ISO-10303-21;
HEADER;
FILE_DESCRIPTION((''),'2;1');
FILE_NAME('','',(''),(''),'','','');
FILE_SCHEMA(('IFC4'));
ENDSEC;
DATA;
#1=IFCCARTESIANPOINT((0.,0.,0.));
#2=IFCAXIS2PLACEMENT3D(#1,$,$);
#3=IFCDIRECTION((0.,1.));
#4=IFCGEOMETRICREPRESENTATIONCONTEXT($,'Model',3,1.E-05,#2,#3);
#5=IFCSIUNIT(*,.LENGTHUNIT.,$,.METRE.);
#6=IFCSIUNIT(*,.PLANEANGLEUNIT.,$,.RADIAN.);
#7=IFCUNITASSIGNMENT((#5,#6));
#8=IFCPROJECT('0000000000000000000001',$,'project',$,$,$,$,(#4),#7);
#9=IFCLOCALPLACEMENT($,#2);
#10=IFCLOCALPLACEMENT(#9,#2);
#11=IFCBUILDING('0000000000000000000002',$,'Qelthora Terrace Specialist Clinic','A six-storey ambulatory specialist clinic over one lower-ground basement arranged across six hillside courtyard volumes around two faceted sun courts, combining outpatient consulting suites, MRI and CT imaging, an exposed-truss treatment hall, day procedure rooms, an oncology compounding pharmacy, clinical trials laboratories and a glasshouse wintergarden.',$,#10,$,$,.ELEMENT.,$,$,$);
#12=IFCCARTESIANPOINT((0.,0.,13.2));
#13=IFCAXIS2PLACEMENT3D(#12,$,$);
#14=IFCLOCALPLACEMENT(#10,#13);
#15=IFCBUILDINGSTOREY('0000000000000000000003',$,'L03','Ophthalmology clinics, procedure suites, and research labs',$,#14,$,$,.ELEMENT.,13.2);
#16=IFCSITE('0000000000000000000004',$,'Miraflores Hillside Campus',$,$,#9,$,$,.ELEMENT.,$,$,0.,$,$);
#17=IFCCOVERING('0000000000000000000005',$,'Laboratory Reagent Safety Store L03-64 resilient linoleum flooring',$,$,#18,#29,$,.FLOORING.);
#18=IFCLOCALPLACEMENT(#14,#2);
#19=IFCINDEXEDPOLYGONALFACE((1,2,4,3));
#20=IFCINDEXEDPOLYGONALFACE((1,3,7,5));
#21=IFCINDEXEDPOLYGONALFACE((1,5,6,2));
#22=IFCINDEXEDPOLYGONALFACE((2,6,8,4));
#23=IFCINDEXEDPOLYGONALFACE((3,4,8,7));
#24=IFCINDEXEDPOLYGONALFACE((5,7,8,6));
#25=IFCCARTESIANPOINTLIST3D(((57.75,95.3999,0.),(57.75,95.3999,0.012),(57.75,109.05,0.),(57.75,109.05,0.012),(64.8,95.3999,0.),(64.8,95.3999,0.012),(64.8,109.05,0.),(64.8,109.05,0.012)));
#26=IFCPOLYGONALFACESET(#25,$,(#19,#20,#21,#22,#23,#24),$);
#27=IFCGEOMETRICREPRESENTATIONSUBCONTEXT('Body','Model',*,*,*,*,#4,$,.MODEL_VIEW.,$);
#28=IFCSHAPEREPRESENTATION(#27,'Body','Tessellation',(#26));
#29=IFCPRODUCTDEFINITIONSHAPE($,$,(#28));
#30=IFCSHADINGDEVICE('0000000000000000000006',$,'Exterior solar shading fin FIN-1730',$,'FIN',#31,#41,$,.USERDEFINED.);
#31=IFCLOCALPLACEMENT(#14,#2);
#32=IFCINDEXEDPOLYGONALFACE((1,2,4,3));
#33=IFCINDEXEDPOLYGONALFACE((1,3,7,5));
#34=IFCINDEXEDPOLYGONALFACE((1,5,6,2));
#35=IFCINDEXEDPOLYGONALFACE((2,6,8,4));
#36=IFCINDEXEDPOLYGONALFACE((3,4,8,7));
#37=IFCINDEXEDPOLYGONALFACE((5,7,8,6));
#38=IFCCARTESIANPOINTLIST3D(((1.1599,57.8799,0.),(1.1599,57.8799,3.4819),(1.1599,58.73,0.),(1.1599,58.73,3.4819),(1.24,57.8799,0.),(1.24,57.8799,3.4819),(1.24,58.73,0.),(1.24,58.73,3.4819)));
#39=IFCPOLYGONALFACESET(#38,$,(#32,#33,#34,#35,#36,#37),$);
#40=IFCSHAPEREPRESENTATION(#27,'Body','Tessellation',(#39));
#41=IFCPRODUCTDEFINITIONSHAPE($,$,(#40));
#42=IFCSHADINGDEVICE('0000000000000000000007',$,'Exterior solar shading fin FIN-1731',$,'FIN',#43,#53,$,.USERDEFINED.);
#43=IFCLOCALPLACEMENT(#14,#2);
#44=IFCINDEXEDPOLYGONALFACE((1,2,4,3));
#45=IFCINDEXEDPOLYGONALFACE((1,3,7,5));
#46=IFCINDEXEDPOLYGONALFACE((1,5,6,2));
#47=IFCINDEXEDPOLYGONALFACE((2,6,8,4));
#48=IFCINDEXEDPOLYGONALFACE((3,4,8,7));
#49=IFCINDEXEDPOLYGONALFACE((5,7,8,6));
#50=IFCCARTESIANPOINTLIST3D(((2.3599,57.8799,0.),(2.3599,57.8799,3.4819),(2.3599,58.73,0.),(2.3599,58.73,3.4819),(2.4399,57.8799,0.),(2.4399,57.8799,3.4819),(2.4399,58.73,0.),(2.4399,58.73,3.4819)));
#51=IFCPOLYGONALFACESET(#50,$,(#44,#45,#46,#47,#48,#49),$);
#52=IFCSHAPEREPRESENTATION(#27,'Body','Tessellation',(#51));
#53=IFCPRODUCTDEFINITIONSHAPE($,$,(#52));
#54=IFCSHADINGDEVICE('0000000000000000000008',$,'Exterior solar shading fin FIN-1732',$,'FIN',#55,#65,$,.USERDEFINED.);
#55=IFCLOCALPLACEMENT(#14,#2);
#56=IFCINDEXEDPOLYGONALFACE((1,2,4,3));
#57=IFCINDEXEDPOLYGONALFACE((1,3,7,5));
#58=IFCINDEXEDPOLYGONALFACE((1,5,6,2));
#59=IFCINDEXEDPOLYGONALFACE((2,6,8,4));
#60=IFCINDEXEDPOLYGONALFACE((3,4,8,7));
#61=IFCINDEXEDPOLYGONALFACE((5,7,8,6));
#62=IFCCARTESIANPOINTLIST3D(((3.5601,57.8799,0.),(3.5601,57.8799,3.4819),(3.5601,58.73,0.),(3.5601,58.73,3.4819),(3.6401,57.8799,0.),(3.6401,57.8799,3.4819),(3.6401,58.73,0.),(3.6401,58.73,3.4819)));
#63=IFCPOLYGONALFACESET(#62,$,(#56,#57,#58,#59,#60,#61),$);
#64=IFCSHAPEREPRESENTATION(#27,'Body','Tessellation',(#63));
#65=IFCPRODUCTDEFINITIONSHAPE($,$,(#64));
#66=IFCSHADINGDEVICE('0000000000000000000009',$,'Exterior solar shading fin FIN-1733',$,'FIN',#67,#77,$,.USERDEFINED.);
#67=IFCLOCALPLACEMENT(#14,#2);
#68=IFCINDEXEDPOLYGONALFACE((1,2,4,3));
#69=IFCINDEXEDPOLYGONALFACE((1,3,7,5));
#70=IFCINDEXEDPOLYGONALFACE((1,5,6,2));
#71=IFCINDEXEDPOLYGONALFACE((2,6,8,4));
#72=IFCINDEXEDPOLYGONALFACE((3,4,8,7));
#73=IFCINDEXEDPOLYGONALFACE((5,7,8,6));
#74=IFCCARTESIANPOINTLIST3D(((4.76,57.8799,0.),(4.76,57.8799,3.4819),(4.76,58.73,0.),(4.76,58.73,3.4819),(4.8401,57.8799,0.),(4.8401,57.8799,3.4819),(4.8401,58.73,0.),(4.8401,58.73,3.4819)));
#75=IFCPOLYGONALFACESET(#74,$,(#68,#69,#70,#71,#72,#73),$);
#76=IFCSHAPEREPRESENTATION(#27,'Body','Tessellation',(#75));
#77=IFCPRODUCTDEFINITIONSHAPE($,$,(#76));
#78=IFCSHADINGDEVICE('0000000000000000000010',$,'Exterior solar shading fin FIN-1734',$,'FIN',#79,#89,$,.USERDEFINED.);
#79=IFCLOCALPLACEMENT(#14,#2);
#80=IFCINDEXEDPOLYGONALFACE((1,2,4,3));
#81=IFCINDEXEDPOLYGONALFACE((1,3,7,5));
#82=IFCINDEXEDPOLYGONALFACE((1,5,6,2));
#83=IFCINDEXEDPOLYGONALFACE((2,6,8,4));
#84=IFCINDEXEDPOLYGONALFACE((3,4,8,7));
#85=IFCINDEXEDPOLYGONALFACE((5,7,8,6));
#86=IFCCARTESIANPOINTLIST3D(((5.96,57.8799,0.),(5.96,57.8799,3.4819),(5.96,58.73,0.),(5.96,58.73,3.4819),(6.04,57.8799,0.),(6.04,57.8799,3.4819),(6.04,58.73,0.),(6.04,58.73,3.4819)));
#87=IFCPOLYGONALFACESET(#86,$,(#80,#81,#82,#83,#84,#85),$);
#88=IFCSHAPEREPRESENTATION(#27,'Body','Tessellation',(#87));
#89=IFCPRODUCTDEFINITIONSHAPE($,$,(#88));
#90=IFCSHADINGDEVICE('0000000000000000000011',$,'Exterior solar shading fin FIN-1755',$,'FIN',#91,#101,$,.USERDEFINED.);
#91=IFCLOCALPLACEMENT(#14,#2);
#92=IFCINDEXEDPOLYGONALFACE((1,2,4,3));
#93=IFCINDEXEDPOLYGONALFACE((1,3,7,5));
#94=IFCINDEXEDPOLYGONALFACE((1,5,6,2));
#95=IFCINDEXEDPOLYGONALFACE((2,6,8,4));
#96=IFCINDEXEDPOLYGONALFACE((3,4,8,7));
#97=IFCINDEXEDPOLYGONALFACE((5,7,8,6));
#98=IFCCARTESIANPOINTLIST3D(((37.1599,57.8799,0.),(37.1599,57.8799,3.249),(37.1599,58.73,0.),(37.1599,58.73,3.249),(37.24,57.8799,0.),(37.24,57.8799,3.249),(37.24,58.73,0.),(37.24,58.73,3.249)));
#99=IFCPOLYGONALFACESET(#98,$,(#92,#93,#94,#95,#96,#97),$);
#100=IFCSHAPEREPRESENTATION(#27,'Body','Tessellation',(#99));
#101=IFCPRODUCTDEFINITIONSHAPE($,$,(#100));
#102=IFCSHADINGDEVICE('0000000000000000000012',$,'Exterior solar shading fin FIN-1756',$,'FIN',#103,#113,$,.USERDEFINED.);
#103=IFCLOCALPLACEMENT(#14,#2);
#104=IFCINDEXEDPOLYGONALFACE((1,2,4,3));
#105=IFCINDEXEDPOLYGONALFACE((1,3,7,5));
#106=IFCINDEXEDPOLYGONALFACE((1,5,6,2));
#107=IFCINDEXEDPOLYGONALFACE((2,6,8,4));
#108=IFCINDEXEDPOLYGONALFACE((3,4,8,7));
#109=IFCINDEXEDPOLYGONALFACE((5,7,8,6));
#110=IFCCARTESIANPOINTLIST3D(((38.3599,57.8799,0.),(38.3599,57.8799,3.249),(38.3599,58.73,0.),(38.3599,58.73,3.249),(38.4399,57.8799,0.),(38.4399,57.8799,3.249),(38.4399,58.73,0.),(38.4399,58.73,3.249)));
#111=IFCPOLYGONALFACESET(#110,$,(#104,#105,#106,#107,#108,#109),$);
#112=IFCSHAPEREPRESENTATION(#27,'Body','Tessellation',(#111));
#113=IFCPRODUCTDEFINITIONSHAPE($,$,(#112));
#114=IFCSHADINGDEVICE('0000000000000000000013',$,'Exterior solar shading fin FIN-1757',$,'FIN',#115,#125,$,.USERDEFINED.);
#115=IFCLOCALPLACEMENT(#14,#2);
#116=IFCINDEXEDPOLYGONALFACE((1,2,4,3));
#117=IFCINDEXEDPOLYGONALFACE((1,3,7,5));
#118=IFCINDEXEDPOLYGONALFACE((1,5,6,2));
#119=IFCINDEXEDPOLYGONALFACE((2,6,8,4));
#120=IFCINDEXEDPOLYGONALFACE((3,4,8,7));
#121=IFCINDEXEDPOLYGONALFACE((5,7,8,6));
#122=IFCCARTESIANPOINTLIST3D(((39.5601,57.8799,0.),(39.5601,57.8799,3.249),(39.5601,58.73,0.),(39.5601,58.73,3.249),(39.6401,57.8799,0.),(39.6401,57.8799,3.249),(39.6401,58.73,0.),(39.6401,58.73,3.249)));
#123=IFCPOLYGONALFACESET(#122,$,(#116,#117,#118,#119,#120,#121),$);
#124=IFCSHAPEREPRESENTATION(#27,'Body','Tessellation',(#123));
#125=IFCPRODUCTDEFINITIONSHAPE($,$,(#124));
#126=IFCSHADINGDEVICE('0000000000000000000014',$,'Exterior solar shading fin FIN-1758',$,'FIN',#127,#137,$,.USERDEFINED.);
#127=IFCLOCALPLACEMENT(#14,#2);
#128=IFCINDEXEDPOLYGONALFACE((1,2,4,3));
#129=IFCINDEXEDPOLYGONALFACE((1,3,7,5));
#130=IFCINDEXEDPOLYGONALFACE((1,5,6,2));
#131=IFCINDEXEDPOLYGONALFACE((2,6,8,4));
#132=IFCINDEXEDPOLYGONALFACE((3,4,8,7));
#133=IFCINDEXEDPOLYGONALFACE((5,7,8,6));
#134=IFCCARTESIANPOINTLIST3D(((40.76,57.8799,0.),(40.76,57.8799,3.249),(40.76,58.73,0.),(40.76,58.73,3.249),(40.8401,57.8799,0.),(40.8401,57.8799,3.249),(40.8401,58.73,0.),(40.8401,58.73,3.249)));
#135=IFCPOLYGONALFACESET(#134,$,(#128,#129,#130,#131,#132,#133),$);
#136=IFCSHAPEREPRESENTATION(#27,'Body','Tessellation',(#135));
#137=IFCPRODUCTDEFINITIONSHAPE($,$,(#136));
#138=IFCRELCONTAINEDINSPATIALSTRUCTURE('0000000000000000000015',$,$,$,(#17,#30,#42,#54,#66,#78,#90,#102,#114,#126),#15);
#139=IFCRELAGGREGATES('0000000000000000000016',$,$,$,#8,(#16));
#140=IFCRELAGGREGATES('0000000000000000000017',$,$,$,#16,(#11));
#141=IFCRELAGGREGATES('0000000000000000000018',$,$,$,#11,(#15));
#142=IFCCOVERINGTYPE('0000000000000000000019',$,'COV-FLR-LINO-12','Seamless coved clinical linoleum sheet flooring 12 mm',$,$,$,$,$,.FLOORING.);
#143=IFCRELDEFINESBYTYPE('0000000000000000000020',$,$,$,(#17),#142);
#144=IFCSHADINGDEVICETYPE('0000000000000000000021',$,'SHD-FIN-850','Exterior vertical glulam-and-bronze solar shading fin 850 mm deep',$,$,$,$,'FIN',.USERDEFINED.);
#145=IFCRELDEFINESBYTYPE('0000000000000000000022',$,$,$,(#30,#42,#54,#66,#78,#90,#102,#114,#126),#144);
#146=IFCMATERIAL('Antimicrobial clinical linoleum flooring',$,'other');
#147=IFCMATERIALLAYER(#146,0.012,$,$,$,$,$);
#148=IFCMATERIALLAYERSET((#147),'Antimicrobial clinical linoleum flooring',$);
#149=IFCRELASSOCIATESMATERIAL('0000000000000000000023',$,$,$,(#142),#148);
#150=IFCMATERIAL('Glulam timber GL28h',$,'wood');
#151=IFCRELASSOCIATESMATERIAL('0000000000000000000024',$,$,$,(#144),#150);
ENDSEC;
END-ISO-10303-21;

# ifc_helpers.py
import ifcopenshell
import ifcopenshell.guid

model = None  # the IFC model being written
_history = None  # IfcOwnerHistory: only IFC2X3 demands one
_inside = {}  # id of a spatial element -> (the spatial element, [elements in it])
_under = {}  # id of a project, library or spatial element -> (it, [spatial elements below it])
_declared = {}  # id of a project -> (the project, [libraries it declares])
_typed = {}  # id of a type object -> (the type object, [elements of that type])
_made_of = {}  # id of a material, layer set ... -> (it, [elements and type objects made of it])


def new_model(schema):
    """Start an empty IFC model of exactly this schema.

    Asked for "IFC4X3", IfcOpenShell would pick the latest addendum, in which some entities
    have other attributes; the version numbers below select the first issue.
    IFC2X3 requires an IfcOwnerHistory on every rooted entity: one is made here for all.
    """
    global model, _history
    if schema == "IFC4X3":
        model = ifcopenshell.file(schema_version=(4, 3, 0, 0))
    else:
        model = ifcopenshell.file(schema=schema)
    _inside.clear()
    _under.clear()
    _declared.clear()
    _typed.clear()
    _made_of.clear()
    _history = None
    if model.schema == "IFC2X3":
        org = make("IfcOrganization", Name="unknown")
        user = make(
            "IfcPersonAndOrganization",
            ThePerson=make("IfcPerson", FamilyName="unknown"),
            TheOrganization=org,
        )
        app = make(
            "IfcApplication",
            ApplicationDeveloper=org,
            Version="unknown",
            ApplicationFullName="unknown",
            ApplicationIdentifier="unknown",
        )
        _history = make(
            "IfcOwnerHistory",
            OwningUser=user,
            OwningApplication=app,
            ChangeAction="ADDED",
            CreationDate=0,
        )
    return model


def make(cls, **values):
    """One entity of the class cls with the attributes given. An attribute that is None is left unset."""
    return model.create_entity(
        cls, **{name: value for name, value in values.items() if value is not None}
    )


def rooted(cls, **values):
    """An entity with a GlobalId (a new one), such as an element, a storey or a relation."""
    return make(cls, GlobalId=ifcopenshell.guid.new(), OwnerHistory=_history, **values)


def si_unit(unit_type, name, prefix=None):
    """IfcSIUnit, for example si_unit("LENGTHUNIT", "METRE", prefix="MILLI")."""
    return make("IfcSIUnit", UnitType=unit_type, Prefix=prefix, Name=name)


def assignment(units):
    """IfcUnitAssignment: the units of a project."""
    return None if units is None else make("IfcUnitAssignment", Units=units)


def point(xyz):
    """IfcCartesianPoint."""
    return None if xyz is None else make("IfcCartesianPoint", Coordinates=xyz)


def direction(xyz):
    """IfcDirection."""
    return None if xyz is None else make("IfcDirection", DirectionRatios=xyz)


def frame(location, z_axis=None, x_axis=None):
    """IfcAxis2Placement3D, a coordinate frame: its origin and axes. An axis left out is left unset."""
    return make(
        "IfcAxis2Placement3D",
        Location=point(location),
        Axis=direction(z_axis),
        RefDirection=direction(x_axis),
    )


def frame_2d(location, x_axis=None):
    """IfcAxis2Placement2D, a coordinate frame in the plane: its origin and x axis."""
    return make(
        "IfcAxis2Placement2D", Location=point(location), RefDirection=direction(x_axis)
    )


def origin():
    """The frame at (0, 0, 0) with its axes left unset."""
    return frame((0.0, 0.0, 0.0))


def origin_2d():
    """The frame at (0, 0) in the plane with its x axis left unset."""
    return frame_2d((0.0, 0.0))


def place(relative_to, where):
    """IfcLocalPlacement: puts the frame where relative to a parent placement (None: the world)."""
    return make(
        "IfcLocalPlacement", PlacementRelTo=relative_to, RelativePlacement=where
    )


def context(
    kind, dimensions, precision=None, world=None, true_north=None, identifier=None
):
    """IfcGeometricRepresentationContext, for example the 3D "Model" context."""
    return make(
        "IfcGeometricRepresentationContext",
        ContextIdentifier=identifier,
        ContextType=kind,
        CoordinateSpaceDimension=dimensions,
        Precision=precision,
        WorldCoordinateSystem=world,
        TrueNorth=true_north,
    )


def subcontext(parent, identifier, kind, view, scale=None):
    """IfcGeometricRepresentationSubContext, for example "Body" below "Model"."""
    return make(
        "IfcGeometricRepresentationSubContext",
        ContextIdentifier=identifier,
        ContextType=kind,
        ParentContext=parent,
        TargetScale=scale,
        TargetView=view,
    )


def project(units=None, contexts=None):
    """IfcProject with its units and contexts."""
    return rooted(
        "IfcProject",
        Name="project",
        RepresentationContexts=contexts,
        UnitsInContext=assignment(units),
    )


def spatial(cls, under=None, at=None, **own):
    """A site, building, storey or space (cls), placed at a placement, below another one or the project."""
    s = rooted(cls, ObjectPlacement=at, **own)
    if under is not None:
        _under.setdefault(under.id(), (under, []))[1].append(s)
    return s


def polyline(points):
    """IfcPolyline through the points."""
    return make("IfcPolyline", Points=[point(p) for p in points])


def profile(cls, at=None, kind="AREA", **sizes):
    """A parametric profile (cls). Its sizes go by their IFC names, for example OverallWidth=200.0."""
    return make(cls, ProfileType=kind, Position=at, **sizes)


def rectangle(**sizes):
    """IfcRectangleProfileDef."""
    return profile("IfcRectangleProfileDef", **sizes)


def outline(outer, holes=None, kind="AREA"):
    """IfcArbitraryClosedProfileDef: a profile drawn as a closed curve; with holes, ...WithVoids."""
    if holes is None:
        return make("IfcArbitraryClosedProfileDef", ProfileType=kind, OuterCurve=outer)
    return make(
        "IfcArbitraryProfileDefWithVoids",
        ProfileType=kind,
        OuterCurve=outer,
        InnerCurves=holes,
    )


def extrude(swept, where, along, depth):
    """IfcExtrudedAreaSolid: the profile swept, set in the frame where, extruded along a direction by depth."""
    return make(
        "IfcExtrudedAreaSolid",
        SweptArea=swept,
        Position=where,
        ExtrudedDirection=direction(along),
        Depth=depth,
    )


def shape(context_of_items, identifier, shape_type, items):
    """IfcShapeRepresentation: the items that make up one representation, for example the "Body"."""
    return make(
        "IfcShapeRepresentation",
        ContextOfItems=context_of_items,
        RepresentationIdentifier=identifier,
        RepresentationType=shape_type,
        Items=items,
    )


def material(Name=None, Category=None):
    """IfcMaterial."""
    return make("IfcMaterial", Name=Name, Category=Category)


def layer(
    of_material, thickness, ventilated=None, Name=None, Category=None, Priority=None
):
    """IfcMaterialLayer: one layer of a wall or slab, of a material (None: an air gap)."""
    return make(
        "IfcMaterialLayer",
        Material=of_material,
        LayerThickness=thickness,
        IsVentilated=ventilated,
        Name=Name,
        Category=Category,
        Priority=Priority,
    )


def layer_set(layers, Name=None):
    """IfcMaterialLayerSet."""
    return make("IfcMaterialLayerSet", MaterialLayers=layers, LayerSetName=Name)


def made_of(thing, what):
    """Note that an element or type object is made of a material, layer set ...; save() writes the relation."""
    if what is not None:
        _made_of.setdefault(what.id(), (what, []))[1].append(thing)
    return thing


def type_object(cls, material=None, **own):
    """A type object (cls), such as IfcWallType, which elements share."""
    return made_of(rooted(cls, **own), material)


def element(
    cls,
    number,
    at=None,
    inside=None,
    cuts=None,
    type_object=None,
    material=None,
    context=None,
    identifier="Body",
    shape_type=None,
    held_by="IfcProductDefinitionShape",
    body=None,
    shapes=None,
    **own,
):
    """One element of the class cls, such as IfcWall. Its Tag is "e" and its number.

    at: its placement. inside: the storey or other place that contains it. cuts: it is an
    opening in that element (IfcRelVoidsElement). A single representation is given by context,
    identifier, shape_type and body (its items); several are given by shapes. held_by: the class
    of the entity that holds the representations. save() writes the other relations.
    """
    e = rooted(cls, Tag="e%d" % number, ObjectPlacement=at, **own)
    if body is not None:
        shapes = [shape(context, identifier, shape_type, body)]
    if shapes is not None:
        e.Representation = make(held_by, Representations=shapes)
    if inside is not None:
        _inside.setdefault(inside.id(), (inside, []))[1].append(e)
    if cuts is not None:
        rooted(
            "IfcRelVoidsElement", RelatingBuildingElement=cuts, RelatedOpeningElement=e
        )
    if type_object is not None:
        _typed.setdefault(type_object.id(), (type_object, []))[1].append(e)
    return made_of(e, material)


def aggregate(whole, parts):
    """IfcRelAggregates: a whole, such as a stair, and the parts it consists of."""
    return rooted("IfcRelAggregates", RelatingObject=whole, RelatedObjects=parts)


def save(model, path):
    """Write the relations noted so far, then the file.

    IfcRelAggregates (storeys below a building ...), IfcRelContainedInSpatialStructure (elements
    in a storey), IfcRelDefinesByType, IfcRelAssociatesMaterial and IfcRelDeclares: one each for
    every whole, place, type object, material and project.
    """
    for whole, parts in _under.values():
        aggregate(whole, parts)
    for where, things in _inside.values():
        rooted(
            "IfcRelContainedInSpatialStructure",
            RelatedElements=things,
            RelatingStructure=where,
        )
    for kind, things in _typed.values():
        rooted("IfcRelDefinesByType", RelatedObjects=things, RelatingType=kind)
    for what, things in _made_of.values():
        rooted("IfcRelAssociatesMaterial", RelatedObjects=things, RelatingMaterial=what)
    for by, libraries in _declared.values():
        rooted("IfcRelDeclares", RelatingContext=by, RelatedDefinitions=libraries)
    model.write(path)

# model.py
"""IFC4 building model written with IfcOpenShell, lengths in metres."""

from ifc_helpers import new_model, si_unit, direction, frame, origin, origin_2d, place, context, subcontext, project, spatial, polyline, rectangle, outline, extrude, material, layer, layer_set, type_object, element, save


model = new_model("IFC4")

# Units and contexts
model_context = context("Model", 3, precision=1e-05, world=origin(), true_north=direction((0.0, 1.0)))
body_context = subcontext(model_context, "Body", "Model", "MODEL_VIEW")
ifc_project = project(units=[si_unit("LENGTHUNIT", "METRE"), si_unit("PLANEANGLEUNIT", "RADIAN")], contexts=[model_context])

# Site, building, storey
site_placement = place(None, origin())
site = spatial("IfcSite", under=ifc_project, at=site_placement, Name="Miraflores Hillside Campus", CompositionType="ELEMENT", RefElevation=0.0)
building_placement = place(site_placement, origin())
building = spatial("IfcBuilding", under=site, at=building_placement, Name="Qelthora Terrace Specialist Clinic", Description="A six-storey ambulatory specialist clinic over one lower-ground basement arranged across six hillside courtyard volumes around two faceted sun courts, combining outpatient consulting suites, MRI and CT imaging, an exposed-truss treatment hall, day procedure rooms, an oncology compounding pharmacy, clinical trials laboratories and a glasshouse wintergarden.", CompositionType="ELEMENT")
storey_placement = place(building_placement, frame((0.0, 0.0, 13.2)))
storey = spatial("IfcBuildingStorey", under=building, at=storey_placement, Name="L03", Description="Ophthalmology clinics, procedure suites, and research labs", CompositionType="ELEMENT", Elevation=13.2)

# Covering
ifc_material_1 = material(Name="Antimicrobial clinical linoleum flooring", Category="other")
ifc_layer_1 = layer(ifc_material_1, 0.012)
ifc_layer_set_1 = layer_set([ifc_layer_1], Name="Antimicrobial clinical linoleum flooring")
covering_type = type_object("IfcCoveringType", Name="COV-FLR-LINO-12", Description="Seamless coved clinical linoleum sheet flooring 12 mm", PredefinedType="FLOORING", material=ifc_layer_set_1)
covering_1_placement = place(storey_placement, origin())
element("IfcCovering", 1, at=covering_1_placement, inside=storey, type_object=covering_type, Name="Laboratory Reagent Safety Store L03-64 resilient linoleum flooring", PredefinedType="FLOORING", context=body_context, shape_type="SweptSolid", body=[
    extrude(outline(polyline([(57.75, 95.3999), (57.75, 109.05), (64.8, 109.05), (64.8, 95.3999), (57.75, 95.3999)])), origin(), (0.0, 0.0, 1.0), 0.012),
])

# Shading devices
ifc_material_2 = material(Name="Glulam timber GL28h", Category="wood")
shading_device_type = type_object("IfcShadingDeviceType", Name="SHD-FIN-850", Description="Exterior vertical glulam-and-bronze solar shading fin 850 mm deep", ElementType="FIN", PredefinedType="USERDEFINED", material=ifc_material_2)
for number, where, z_axis, x_axis, name in (
    (2, (1.2, 58.3049, 0.0), (0.0, 0.0, 1.0), (0.0, -1.0, 0.0), "Exterior solar shading fin FIN-1730"),
    (3, (2.3999, 58.3049, 0.0), (0.0, 0.0, 1.0), (0.0, -1.0, 0.0), "Exterior solar shading fin FIN-1731"),
    (4, (3.6001, 58.3049, 0.0), (0.0, 0.0, 1.0), (0.0, -1.0, 0.0), "Exterior solar shading fin FIN-1732"),
    (5, (4.8, 58.3049, 0.0), (0.0, 0.0, 1.0), (0.0, -1.0, 0.0), "Exterior solar shading fin FIN-1733"),
    (6, (6.0, 58.3049, 0.0), (0.0, 0.0, 1.0), (0.0, -1.0, 0.0), "Exterior solar shading fin FIN-1734"),
):
    element("IfcShadingDevice", number, at=place(storey_placement, frame(where, z_axis=z_axis, x_axis=x_axis)), inside=storey, type_object=shading_device_type, Name=name, ObjectType="FIN", PredefinedType="USERDEFINED", context=body_context, shape_type="SweptSolid", body=[
        extrude(rectangle(XDim=0.8501, YDim=0.0801, at=origin_2d()), origin(), (0.0, 0.0, 1.0), 3.4819),
    ])
for number, where, z_axis, x_axis, name in (
    (7, (37.2, 58.3049, 0.0), (0.0, 0.0, 1.0), (0.0, -1.0, 0.0), "Exterior solar shading fin FIN-1755"),
    (8, (38.3999, 58.3049, 0.0), (0.0, 0.0, 1.0), (0.0, -1.0, 0.0), "Exterior solar shading fin FIN-1756"),
    (9, (39.6001, 58.3049, 0.0), (0.0, 0.0, 1.0), (0.0, -1.0, 0.0), "Exterior solar shading fin FIN-1757"),
    (10, (40.8, 58.3049, 0.0), (0.0, 0.0, 1.0), (0.0, -1.0, 0.0), "Exterior solar shading fin FIN-1758"),
):
    element("IfcShadingDevice", number, at=place(storey_placement, frame(where, z_axis=z_axis, x_axis=x_axis)), inside=storey, type_object=shading_device_type, Name=name, ObjectType="FIN", PredefinedType="USERDEFINED", context=body_context, shape_type="SweptSolid", body=[
        extrude(rectangle(XDim=0.8501, YDim=0.0801, at=origin_2d()), origin(), (0.0, 0.0, 1.0), 3.249),
    ])

save(model, "model.ifc")
